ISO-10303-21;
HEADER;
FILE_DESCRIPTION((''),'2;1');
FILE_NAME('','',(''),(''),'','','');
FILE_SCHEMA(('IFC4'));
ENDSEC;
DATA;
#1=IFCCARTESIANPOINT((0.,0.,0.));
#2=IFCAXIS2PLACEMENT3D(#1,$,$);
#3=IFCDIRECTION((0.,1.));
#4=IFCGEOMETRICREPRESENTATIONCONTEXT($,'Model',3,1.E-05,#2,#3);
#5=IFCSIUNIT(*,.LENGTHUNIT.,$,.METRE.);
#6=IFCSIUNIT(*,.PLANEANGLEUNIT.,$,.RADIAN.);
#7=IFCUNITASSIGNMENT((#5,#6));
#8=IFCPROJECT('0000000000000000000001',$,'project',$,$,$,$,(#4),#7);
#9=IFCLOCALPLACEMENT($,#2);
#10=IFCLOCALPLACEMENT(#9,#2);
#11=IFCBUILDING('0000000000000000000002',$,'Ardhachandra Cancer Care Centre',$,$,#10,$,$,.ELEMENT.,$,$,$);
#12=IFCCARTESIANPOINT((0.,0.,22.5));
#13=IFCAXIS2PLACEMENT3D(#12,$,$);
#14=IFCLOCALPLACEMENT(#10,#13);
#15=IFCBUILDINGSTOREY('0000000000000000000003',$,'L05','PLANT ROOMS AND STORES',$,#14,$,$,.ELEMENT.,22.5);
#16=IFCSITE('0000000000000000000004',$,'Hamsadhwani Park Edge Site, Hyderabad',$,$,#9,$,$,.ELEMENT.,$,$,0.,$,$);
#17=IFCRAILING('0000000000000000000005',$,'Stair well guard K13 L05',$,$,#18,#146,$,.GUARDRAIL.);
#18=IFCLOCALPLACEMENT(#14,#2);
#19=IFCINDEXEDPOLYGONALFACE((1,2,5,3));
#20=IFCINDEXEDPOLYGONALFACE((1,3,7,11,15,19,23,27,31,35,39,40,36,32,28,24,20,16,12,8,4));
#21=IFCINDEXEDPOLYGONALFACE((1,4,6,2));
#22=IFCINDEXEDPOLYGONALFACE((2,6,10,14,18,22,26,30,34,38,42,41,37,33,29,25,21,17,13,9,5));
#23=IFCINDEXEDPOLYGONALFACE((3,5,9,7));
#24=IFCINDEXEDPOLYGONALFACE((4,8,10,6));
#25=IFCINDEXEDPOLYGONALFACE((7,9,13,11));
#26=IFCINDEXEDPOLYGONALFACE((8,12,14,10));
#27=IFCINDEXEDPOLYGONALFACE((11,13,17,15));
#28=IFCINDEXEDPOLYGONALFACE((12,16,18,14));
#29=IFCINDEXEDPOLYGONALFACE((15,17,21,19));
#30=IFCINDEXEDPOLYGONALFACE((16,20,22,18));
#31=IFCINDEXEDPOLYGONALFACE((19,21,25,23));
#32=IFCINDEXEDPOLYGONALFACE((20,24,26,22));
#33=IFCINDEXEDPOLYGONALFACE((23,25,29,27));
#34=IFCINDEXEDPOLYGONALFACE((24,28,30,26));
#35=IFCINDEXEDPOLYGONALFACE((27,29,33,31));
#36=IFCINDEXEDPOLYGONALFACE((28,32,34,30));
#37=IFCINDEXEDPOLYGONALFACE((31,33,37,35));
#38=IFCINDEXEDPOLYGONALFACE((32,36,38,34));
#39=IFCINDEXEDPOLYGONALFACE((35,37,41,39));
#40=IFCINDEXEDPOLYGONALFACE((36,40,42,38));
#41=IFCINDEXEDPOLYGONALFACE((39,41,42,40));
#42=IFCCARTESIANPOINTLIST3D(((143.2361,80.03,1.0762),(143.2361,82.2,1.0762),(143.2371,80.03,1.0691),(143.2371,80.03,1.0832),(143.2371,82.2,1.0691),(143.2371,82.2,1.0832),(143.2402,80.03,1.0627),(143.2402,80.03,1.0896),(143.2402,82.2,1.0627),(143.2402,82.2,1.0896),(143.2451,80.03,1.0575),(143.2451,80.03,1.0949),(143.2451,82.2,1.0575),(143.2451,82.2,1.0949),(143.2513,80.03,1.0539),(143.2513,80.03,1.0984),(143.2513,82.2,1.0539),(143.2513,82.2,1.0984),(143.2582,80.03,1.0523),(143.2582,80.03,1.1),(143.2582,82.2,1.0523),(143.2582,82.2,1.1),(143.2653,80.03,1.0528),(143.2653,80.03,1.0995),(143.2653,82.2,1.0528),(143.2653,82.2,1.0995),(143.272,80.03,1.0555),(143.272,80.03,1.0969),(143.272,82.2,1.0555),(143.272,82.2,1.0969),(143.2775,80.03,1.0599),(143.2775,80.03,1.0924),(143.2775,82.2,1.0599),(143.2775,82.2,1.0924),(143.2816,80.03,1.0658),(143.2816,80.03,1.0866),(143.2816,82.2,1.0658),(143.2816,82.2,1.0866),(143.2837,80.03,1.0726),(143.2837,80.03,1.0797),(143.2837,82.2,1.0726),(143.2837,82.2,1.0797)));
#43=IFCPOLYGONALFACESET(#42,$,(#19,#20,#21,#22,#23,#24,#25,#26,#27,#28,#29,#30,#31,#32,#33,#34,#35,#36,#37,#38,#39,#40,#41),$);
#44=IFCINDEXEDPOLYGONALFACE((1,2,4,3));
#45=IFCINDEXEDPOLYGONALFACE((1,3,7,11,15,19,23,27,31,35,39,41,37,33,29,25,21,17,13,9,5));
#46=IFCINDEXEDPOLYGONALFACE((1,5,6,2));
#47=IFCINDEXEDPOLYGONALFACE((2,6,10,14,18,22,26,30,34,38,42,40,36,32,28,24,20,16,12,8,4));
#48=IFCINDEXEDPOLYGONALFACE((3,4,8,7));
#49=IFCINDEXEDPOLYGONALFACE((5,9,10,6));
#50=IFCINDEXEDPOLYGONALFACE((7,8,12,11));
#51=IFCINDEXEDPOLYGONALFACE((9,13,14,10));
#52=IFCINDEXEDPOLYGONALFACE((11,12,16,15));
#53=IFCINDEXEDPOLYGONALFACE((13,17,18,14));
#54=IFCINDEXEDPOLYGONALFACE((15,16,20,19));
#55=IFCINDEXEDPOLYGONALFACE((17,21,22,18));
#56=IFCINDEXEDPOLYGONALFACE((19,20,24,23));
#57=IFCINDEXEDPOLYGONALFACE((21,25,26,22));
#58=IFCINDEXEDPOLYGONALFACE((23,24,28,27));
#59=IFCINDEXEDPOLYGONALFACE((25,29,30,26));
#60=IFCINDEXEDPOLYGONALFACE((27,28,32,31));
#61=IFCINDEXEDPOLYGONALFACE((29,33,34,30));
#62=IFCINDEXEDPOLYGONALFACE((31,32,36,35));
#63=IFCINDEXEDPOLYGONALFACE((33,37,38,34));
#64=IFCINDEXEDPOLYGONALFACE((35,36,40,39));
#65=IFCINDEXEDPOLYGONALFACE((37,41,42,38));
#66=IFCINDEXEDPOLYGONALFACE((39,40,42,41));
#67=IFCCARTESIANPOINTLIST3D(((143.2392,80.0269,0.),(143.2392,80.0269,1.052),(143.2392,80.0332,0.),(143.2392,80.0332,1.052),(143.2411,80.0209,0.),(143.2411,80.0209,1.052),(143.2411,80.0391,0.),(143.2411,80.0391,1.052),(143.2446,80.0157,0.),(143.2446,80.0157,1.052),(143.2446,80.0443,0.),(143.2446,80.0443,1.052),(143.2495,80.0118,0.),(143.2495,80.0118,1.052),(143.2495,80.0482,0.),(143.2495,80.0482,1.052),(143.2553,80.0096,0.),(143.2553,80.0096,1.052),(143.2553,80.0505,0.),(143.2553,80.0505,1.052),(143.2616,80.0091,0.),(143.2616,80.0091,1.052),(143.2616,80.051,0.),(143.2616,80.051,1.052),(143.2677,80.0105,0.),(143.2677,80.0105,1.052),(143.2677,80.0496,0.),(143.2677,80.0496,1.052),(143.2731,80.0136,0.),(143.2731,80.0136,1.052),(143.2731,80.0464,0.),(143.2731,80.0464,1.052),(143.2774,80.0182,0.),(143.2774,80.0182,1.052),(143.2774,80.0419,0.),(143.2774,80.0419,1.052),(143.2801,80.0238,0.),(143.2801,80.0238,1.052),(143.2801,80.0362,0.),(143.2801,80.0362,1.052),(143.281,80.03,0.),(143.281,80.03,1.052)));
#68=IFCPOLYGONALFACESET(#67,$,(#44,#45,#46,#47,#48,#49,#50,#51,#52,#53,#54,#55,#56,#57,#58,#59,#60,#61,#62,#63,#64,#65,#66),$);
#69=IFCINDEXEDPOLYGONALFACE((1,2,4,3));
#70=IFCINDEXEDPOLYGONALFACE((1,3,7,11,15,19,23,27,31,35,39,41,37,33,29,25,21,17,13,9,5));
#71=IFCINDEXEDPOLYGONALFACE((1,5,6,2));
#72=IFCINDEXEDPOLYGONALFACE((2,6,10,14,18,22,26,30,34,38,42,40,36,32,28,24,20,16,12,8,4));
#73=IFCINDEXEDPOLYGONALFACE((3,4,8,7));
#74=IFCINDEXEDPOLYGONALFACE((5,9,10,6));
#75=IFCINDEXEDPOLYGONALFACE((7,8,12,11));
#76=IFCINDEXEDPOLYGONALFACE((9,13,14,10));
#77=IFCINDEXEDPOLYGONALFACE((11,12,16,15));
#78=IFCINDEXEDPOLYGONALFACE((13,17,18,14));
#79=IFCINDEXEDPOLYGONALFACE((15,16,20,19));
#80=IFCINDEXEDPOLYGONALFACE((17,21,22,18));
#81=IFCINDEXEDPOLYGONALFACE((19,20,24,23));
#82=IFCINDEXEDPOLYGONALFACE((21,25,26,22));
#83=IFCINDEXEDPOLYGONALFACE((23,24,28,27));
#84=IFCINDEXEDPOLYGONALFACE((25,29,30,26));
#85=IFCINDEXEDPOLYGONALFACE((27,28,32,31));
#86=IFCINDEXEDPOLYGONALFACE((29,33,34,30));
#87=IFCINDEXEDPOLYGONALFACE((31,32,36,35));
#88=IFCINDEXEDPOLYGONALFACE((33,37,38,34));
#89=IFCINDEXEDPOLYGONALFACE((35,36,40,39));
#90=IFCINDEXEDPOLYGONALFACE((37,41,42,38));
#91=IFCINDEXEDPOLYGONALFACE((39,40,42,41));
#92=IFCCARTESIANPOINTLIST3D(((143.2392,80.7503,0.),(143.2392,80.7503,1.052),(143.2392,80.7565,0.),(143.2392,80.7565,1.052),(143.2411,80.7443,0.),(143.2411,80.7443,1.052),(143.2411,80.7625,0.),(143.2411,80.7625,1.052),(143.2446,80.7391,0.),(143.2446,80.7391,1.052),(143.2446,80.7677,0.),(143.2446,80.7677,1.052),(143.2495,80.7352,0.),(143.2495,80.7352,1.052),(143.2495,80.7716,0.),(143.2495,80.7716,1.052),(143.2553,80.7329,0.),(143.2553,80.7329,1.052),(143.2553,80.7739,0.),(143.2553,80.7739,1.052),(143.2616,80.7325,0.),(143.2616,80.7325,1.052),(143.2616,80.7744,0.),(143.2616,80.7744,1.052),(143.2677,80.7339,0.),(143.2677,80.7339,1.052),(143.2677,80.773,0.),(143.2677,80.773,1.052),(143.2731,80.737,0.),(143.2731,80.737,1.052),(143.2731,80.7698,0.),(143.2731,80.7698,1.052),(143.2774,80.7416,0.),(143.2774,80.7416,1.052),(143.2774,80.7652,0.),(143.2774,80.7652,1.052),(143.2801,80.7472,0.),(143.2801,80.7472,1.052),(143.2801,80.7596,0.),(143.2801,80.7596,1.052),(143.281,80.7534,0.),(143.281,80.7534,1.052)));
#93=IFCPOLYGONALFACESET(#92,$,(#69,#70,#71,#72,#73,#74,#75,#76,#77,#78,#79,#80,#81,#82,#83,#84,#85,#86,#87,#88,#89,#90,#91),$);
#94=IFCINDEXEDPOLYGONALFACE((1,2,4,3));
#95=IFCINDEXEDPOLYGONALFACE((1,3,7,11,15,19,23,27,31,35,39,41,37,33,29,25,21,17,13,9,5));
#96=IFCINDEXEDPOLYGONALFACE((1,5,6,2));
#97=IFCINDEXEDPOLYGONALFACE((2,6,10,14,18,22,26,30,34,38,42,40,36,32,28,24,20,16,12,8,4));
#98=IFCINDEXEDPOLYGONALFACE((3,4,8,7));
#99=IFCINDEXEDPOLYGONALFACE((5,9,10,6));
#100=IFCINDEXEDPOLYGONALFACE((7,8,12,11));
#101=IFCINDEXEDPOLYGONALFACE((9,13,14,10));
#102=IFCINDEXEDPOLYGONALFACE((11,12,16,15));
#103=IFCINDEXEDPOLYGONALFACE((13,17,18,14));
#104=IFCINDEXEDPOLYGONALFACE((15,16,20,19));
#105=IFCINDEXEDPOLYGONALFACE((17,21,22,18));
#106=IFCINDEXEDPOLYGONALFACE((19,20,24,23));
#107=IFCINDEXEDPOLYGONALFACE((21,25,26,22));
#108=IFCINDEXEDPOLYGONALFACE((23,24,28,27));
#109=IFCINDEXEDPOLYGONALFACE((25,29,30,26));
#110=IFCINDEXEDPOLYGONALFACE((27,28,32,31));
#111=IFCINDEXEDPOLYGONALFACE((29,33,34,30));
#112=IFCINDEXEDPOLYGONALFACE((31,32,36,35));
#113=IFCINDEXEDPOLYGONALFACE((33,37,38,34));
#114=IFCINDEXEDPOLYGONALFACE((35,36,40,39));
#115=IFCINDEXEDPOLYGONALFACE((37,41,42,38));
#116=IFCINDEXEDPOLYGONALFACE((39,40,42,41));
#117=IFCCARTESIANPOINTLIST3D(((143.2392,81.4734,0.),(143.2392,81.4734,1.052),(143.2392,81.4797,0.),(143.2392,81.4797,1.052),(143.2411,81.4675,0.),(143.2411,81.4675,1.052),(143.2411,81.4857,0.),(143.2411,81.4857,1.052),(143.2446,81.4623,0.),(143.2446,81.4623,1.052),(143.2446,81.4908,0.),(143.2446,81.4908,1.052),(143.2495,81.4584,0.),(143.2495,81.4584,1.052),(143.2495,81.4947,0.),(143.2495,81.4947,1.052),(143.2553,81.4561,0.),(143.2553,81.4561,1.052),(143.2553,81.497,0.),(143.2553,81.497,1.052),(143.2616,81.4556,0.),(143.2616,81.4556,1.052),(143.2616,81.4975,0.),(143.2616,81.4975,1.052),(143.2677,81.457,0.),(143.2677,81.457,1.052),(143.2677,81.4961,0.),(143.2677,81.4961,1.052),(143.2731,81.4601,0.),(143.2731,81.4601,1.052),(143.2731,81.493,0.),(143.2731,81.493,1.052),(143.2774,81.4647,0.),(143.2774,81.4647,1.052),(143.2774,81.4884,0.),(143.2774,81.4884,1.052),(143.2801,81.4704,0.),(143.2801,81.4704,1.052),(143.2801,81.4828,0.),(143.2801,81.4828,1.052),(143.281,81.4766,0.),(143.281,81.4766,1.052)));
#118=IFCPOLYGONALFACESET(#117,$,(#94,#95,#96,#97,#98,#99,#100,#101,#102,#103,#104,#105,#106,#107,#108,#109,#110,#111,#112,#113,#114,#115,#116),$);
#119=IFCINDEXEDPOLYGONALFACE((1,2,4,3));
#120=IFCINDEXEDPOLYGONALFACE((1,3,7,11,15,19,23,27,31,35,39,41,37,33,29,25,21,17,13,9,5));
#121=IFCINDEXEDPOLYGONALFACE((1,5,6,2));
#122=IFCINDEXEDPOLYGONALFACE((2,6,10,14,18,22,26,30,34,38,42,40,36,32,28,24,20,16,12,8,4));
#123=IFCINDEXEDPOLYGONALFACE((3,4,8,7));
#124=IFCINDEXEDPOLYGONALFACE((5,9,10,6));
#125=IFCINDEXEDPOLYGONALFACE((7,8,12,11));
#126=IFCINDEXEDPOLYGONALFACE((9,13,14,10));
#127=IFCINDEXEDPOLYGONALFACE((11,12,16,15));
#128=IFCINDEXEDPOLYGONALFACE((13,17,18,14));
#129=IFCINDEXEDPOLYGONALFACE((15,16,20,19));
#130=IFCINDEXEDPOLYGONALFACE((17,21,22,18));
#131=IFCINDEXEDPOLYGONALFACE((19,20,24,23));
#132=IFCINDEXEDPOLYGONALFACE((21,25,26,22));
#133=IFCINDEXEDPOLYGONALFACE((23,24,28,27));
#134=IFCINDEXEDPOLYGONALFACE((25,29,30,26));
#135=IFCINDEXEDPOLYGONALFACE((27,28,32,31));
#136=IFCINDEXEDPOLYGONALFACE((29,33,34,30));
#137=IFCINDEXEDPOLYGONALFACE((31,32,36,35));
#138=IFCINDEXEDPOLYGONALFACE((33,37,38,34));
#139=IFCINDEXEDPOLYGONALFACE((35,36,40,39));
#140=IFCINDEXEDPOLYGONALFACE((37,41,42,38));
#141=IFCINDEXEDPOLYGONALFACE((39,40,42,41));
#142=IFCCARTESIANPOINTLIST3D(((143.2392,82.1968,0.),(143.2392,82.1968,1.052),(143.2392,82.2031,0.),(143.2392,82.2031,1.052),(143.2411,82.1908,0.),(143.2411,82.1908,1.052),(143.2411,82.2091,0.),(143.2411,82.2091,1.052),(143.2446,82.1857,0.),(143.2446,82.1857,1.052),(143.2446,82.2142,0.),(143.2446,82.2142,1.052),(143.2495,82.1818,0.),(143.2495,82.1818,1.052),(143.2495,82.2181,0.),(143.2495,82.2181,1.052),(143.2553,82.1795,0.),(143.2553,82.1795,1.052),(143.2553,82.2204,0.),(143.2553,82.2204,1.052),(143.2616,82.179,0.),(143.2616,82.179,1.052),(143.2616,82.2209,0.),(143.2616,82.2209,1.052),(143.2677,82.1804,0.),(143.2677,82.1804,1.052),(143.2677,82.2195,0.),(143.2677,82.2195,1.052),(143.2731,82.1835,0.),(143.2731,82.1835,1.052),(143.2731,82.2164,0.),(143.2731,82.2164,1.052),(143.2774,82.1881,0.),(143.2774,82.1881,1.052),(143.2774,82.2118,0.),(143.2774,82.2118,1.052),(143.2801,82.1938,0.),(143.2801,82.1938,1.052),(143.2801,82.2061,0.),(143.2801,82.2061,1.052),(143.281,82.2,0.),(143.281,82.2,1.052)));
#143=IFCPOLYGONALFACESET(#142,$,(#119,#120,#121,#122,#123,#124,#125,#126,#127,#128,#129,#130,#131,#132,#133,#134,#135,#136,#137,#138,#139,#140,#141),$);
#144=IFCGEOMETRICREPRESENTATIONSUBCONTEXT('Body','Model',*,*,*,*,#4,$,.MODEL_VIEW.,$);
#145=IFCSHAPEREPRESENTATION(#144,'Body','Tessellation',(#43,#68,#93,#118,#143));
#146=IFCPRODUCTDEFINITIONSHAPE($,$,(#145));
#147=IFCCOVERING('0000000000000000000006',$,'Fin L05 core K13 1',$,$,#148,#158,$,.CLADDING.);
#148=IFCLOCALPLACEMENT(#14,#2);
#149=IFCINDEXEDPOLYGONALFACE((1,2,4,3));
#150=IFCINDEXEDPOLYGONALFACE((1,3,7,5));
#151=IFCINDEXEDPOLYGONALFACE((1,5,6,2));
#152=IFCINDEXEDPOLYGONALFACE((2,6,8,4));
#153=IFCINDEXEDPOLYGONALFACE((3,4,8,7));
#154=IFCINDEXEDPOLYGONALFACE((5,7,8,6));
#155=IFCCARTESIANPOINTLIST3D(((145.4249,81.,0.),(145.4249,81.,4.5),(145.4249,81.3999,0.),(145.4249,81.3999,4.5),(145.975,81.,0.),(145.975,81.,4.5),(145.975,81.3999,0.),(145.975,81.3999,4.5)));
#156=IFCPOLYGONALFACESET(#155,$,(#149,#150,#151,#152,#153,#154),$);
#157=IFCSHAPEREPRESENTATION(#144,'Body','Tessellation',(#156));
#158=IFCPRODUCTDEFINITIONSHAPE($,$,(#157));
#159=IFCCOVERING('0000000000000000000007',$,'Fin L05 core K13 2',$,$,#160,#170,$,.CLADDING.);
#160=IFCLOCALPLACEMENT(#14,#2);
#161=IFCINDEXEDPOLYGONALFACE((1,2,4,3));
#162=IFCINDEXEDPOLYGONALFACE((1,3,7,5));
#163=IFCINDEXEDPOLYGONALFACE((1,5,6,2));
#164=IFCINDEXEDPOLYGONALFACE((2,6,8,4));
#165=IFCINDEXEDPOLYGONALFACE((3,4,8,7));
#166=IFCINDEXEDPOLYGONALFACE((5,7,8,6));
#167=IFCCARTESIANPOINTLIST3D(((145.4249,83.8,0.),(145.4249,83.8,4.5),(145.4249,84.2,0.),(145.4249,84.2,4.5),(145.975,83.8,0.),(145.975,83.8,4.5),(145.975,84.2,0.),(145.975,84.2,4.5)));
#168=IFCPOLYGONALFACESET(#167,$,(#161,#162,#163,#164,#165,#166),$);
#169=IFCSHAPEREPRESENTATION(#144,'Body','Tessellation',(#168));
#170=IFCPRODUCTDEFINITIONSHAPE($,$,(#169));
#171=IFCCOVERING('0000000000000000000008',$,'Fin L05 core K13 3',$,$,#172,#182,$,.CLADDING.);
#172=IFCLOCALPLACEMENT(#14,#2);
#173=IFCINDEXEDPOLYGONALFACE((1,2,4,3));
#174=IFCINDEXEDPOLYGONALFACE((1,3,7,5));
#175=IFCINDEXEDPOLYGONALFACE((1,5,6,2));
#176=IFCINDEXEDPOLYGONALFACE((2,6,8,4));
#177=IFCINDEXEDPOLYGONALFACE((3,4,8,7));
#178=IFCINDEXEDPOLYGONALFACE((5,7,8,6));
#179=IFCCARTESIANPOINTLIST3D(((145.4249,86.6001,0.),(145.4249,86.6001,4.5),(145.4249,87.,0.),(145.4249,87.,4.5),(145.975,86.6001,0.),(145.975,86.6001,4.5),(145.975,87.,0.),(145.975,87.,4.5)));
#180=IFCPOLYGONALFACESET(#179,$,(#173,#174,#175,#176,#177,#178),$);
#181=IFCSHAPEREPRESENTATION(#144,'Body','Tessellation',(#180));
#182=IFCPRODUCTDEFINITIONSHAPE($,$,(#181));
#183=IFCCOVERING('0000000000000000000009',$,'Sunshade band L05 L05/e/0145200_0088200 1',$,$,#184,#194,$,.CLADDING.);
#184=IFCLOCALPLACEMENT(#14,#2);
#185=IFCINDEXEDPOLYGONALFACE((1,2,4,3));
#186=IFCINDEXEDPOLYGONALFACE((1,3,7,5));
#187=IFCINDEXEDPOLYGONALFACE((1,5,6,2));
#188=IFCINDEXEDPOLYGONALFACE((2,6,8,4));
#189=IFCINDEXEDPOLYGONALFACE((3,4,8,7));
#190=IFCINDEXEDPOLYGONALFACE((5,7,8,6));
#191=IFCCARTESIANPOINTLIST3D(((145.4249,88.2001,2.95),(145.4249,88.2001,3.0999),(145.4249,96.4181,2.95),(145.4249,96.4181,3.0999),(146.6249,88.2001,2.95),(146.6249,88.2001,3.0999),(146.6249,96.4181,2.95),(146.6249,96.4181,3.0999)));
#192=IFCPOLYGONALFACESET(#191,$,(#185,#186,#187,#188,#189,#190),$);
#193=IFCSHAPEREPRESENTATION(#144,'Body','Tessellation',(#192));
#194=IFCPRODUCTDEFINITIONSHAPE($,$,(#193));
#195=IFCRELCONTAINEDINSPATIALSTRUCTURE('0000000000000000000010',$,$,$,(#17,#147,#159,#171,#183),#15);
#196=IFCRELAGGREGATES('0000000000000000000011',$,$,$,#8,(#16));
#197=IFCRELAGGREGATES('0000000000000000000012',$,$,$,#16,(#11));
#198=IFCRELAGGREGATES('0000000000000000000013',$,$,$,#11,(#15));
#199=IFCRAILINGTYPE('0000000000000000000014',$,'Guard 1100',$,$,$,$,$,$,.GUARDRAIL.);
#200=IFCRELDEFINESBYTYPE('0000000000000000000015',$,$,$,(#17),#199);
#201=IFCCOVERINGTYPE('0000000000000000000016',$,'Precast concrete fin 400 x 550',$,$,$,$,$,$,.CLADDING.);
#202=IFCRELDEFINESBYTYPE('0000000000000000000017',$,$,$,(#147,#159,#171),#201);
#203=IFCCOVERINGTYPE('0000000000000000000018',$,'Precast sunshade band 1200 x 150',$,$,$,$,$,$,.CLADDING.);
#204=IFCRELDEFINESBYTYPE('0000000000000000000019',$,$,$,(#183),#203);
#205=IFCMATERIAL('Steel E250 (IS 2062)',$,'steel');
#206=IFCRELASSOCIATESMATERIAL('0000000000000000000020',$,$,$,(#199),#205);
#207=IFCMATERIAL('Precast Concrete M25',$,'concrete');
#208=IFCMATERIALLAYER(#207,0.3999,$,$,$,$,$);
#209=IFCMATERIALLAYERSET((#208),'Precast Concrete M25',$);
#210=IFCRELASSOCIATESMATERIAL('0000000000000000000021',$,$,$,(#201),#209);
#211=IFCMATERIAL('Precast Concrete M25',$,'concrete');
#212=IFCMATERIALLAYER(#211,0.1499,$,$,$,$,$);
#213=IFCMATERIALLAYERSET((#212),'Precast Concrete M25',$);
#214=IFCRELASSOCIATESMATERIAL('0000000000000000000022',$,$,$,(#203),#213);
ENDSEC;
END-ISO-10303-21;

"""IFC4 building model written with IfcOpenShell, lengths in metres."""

from ifc_helpers import new_model, si_unit, direction, frame, origin, origin_2d, place, context, subcontext, project, spatial, rectangle, circle, extrude, material, layer, layer_set, type_object, element, save


model = new_model("IFC4")

# Units and contexts
model_context = context("Model", 3, precision=1e-05, world=origin(), true_north=direction((0.0, 1.0)))
body_context = subcontext(model_context, "Body", "Model", "MODEL_VIEW")
ifc_project = project(units=[si_unit("LENGTHUNIT", "METRE"), si_unit("PLANEANGLEUNIT", "RADIAN")], contexts=[model_context])

# Site, building, storey
site_placement = place(None, origin())
site = spatial("IfcSite", under=ifc_project, at=site_placement, Name="Hamsadhwani Park Edge Site, Hyderabad", CompositionType="ELEMENT", RefElevation=0.0)
building_placement = place(site_placement, origin())
building = spatial("IfcBuilding", under=site, at=building_placement, Name="Ardhachandra Cancer Care Centre", CompositionType="ELEMENT")
storey_placement = place(building_placement, frame((0.0, 0.0, 22.5)))
storey = spatial("IfcBuildingStorey", under=building, at=storey_placement, Name="L05", Description="PLANT ROOMS AND STORES", CompositionType="ELEMENT", Elevation=22.5)

# Railing
ifc_material_1 = material(Name="Steel E250 (IS 2062)", Category="steel")
railing_type_1 = type_object("IfcRailingType", Name="Guard 1100", PredefinedType="GUARDRAIL", material=ifc_material_1)
railing_1_placement = place(storey_placement, frame((143.26, 80.03, 0.0)))
element("IfcRailing", 1, at=railing_1_placement, inside=storey, type_object=railing_type_1, Name="Stair well guard K13 L05", PredefinedType="GUARDRAIL", context=body_context, shape_type="SweptSolid", body=[
    extrude(circle(Radius=0.0239, at=origin_2d()), frame((0.0, 0.0, 1.0762), z_axis=(0.0, 1.0, 0.0), x_axis=(-1.0, 0.0, 0.0)), (0.0, 0.0, 1.0), 2.1699),
    extrude(circle(Radius=0.021, at=origin_2d()), origin(), (0.0, 0.0, 1.0), 1.052),
    extrude(circle(Radius=0.021, at=origin_2d()), frame((0.0, 0.7234, 0.0)), (0.0, 0.0, 1.0), 1.052),
    extrude(circle(Radius=0.021, at=origin_2d()), frame((0.0, 1.4465, 0.0)), (0.0, 0.0, 1.0), 1.052),
    extrude(circle(Radius=0.021, at=origin_2d()), frame((0.0, 2.1699, 0.0)), (0.0, 0.0, 1.0), 1.052),
])

# Coverings
ifc_material_2 = material(Name="Precast Concrete M25", Category="concrete")
ifc_layer_1 = layer(ifc_material_2, 0.3999)
ifc_layer_set_1 = layer_set([ifc_layer_1], Name="Precast Concrete M25")
covering_type_1 = type_object("IfcCoveringType", Name="Precast concrete fin 400 x 550", PredefinedType="CLADDING", material=ifc_layer_set_1)
for number, where, z_axis, x_axis, name in (
    (2, (145.7, 81.2, 0.0), (0.0, 0.0, 1.0), (0.0, 1.0, 0.0), "Fin L05 core K13 1"),
    (3, (145.7, 84.0, 0.0), (0.0, 0.0, 1.0), (0.0, 1.0, 0.0), "Fin L05 core K13 2"),
    (4, (145.7, 86.8, 0.0), (0.0, 0.0, 1.0), (0.0, 1.0, 0.0), "Fin L05 core K13 3"),
):
    element("IfcCovering", number, at=place(storey_placement, frame(where, z_axis=z_axis, x_axis=x_axis)), inside=storey, type_object=covering_type_1, Name=name, PredefinedType="CLADDING", context=body_context, shape_type="SweptSolid", body=[
        extrude(rectangle(XDim=0.3999, YDim=0.55, at=origin_2d()), origin(), (0.0, 0.0, 1.0), 4.5),
    ])
ifc_material_3 = material(Name="Precast Concrete M25", Category="concrete")
ifc_layer_2 = layer(ifc_material_3, 0.1499)
ifc_layer_set_2 = layer_set([ifc_layer_2], Name="Precast Concrete M25")
covering_type_2 = type_object("IfcCoveringType", Name="Precast sunshade band 1200 x 150", PredefinedType="CLADDING", material=ifc_layer_set_2)
covering_placement = place(storey_placement, frame((146.0249, 92.3091, 2.95), z_axis=(0.0, 0.0, 1.0), x_axis=(0.0, 1.0, 0.0)))
element("IfcCovering", 5, at=covering_placement, inside=storey, type_object=covering_type_2, Name="Sunshade band L05 L05/e/0145200_0088200 1", PredefinedType="CLADDING", context=body_context, shape_type="SweptSolid", body=[
    extrude(rectangle(XDim=8.218, YDim=1.2, at=origin_2d()), origin(), (0.0, 0.0, 1.0), 0.1499),
])

save(model, "model.ifc")
